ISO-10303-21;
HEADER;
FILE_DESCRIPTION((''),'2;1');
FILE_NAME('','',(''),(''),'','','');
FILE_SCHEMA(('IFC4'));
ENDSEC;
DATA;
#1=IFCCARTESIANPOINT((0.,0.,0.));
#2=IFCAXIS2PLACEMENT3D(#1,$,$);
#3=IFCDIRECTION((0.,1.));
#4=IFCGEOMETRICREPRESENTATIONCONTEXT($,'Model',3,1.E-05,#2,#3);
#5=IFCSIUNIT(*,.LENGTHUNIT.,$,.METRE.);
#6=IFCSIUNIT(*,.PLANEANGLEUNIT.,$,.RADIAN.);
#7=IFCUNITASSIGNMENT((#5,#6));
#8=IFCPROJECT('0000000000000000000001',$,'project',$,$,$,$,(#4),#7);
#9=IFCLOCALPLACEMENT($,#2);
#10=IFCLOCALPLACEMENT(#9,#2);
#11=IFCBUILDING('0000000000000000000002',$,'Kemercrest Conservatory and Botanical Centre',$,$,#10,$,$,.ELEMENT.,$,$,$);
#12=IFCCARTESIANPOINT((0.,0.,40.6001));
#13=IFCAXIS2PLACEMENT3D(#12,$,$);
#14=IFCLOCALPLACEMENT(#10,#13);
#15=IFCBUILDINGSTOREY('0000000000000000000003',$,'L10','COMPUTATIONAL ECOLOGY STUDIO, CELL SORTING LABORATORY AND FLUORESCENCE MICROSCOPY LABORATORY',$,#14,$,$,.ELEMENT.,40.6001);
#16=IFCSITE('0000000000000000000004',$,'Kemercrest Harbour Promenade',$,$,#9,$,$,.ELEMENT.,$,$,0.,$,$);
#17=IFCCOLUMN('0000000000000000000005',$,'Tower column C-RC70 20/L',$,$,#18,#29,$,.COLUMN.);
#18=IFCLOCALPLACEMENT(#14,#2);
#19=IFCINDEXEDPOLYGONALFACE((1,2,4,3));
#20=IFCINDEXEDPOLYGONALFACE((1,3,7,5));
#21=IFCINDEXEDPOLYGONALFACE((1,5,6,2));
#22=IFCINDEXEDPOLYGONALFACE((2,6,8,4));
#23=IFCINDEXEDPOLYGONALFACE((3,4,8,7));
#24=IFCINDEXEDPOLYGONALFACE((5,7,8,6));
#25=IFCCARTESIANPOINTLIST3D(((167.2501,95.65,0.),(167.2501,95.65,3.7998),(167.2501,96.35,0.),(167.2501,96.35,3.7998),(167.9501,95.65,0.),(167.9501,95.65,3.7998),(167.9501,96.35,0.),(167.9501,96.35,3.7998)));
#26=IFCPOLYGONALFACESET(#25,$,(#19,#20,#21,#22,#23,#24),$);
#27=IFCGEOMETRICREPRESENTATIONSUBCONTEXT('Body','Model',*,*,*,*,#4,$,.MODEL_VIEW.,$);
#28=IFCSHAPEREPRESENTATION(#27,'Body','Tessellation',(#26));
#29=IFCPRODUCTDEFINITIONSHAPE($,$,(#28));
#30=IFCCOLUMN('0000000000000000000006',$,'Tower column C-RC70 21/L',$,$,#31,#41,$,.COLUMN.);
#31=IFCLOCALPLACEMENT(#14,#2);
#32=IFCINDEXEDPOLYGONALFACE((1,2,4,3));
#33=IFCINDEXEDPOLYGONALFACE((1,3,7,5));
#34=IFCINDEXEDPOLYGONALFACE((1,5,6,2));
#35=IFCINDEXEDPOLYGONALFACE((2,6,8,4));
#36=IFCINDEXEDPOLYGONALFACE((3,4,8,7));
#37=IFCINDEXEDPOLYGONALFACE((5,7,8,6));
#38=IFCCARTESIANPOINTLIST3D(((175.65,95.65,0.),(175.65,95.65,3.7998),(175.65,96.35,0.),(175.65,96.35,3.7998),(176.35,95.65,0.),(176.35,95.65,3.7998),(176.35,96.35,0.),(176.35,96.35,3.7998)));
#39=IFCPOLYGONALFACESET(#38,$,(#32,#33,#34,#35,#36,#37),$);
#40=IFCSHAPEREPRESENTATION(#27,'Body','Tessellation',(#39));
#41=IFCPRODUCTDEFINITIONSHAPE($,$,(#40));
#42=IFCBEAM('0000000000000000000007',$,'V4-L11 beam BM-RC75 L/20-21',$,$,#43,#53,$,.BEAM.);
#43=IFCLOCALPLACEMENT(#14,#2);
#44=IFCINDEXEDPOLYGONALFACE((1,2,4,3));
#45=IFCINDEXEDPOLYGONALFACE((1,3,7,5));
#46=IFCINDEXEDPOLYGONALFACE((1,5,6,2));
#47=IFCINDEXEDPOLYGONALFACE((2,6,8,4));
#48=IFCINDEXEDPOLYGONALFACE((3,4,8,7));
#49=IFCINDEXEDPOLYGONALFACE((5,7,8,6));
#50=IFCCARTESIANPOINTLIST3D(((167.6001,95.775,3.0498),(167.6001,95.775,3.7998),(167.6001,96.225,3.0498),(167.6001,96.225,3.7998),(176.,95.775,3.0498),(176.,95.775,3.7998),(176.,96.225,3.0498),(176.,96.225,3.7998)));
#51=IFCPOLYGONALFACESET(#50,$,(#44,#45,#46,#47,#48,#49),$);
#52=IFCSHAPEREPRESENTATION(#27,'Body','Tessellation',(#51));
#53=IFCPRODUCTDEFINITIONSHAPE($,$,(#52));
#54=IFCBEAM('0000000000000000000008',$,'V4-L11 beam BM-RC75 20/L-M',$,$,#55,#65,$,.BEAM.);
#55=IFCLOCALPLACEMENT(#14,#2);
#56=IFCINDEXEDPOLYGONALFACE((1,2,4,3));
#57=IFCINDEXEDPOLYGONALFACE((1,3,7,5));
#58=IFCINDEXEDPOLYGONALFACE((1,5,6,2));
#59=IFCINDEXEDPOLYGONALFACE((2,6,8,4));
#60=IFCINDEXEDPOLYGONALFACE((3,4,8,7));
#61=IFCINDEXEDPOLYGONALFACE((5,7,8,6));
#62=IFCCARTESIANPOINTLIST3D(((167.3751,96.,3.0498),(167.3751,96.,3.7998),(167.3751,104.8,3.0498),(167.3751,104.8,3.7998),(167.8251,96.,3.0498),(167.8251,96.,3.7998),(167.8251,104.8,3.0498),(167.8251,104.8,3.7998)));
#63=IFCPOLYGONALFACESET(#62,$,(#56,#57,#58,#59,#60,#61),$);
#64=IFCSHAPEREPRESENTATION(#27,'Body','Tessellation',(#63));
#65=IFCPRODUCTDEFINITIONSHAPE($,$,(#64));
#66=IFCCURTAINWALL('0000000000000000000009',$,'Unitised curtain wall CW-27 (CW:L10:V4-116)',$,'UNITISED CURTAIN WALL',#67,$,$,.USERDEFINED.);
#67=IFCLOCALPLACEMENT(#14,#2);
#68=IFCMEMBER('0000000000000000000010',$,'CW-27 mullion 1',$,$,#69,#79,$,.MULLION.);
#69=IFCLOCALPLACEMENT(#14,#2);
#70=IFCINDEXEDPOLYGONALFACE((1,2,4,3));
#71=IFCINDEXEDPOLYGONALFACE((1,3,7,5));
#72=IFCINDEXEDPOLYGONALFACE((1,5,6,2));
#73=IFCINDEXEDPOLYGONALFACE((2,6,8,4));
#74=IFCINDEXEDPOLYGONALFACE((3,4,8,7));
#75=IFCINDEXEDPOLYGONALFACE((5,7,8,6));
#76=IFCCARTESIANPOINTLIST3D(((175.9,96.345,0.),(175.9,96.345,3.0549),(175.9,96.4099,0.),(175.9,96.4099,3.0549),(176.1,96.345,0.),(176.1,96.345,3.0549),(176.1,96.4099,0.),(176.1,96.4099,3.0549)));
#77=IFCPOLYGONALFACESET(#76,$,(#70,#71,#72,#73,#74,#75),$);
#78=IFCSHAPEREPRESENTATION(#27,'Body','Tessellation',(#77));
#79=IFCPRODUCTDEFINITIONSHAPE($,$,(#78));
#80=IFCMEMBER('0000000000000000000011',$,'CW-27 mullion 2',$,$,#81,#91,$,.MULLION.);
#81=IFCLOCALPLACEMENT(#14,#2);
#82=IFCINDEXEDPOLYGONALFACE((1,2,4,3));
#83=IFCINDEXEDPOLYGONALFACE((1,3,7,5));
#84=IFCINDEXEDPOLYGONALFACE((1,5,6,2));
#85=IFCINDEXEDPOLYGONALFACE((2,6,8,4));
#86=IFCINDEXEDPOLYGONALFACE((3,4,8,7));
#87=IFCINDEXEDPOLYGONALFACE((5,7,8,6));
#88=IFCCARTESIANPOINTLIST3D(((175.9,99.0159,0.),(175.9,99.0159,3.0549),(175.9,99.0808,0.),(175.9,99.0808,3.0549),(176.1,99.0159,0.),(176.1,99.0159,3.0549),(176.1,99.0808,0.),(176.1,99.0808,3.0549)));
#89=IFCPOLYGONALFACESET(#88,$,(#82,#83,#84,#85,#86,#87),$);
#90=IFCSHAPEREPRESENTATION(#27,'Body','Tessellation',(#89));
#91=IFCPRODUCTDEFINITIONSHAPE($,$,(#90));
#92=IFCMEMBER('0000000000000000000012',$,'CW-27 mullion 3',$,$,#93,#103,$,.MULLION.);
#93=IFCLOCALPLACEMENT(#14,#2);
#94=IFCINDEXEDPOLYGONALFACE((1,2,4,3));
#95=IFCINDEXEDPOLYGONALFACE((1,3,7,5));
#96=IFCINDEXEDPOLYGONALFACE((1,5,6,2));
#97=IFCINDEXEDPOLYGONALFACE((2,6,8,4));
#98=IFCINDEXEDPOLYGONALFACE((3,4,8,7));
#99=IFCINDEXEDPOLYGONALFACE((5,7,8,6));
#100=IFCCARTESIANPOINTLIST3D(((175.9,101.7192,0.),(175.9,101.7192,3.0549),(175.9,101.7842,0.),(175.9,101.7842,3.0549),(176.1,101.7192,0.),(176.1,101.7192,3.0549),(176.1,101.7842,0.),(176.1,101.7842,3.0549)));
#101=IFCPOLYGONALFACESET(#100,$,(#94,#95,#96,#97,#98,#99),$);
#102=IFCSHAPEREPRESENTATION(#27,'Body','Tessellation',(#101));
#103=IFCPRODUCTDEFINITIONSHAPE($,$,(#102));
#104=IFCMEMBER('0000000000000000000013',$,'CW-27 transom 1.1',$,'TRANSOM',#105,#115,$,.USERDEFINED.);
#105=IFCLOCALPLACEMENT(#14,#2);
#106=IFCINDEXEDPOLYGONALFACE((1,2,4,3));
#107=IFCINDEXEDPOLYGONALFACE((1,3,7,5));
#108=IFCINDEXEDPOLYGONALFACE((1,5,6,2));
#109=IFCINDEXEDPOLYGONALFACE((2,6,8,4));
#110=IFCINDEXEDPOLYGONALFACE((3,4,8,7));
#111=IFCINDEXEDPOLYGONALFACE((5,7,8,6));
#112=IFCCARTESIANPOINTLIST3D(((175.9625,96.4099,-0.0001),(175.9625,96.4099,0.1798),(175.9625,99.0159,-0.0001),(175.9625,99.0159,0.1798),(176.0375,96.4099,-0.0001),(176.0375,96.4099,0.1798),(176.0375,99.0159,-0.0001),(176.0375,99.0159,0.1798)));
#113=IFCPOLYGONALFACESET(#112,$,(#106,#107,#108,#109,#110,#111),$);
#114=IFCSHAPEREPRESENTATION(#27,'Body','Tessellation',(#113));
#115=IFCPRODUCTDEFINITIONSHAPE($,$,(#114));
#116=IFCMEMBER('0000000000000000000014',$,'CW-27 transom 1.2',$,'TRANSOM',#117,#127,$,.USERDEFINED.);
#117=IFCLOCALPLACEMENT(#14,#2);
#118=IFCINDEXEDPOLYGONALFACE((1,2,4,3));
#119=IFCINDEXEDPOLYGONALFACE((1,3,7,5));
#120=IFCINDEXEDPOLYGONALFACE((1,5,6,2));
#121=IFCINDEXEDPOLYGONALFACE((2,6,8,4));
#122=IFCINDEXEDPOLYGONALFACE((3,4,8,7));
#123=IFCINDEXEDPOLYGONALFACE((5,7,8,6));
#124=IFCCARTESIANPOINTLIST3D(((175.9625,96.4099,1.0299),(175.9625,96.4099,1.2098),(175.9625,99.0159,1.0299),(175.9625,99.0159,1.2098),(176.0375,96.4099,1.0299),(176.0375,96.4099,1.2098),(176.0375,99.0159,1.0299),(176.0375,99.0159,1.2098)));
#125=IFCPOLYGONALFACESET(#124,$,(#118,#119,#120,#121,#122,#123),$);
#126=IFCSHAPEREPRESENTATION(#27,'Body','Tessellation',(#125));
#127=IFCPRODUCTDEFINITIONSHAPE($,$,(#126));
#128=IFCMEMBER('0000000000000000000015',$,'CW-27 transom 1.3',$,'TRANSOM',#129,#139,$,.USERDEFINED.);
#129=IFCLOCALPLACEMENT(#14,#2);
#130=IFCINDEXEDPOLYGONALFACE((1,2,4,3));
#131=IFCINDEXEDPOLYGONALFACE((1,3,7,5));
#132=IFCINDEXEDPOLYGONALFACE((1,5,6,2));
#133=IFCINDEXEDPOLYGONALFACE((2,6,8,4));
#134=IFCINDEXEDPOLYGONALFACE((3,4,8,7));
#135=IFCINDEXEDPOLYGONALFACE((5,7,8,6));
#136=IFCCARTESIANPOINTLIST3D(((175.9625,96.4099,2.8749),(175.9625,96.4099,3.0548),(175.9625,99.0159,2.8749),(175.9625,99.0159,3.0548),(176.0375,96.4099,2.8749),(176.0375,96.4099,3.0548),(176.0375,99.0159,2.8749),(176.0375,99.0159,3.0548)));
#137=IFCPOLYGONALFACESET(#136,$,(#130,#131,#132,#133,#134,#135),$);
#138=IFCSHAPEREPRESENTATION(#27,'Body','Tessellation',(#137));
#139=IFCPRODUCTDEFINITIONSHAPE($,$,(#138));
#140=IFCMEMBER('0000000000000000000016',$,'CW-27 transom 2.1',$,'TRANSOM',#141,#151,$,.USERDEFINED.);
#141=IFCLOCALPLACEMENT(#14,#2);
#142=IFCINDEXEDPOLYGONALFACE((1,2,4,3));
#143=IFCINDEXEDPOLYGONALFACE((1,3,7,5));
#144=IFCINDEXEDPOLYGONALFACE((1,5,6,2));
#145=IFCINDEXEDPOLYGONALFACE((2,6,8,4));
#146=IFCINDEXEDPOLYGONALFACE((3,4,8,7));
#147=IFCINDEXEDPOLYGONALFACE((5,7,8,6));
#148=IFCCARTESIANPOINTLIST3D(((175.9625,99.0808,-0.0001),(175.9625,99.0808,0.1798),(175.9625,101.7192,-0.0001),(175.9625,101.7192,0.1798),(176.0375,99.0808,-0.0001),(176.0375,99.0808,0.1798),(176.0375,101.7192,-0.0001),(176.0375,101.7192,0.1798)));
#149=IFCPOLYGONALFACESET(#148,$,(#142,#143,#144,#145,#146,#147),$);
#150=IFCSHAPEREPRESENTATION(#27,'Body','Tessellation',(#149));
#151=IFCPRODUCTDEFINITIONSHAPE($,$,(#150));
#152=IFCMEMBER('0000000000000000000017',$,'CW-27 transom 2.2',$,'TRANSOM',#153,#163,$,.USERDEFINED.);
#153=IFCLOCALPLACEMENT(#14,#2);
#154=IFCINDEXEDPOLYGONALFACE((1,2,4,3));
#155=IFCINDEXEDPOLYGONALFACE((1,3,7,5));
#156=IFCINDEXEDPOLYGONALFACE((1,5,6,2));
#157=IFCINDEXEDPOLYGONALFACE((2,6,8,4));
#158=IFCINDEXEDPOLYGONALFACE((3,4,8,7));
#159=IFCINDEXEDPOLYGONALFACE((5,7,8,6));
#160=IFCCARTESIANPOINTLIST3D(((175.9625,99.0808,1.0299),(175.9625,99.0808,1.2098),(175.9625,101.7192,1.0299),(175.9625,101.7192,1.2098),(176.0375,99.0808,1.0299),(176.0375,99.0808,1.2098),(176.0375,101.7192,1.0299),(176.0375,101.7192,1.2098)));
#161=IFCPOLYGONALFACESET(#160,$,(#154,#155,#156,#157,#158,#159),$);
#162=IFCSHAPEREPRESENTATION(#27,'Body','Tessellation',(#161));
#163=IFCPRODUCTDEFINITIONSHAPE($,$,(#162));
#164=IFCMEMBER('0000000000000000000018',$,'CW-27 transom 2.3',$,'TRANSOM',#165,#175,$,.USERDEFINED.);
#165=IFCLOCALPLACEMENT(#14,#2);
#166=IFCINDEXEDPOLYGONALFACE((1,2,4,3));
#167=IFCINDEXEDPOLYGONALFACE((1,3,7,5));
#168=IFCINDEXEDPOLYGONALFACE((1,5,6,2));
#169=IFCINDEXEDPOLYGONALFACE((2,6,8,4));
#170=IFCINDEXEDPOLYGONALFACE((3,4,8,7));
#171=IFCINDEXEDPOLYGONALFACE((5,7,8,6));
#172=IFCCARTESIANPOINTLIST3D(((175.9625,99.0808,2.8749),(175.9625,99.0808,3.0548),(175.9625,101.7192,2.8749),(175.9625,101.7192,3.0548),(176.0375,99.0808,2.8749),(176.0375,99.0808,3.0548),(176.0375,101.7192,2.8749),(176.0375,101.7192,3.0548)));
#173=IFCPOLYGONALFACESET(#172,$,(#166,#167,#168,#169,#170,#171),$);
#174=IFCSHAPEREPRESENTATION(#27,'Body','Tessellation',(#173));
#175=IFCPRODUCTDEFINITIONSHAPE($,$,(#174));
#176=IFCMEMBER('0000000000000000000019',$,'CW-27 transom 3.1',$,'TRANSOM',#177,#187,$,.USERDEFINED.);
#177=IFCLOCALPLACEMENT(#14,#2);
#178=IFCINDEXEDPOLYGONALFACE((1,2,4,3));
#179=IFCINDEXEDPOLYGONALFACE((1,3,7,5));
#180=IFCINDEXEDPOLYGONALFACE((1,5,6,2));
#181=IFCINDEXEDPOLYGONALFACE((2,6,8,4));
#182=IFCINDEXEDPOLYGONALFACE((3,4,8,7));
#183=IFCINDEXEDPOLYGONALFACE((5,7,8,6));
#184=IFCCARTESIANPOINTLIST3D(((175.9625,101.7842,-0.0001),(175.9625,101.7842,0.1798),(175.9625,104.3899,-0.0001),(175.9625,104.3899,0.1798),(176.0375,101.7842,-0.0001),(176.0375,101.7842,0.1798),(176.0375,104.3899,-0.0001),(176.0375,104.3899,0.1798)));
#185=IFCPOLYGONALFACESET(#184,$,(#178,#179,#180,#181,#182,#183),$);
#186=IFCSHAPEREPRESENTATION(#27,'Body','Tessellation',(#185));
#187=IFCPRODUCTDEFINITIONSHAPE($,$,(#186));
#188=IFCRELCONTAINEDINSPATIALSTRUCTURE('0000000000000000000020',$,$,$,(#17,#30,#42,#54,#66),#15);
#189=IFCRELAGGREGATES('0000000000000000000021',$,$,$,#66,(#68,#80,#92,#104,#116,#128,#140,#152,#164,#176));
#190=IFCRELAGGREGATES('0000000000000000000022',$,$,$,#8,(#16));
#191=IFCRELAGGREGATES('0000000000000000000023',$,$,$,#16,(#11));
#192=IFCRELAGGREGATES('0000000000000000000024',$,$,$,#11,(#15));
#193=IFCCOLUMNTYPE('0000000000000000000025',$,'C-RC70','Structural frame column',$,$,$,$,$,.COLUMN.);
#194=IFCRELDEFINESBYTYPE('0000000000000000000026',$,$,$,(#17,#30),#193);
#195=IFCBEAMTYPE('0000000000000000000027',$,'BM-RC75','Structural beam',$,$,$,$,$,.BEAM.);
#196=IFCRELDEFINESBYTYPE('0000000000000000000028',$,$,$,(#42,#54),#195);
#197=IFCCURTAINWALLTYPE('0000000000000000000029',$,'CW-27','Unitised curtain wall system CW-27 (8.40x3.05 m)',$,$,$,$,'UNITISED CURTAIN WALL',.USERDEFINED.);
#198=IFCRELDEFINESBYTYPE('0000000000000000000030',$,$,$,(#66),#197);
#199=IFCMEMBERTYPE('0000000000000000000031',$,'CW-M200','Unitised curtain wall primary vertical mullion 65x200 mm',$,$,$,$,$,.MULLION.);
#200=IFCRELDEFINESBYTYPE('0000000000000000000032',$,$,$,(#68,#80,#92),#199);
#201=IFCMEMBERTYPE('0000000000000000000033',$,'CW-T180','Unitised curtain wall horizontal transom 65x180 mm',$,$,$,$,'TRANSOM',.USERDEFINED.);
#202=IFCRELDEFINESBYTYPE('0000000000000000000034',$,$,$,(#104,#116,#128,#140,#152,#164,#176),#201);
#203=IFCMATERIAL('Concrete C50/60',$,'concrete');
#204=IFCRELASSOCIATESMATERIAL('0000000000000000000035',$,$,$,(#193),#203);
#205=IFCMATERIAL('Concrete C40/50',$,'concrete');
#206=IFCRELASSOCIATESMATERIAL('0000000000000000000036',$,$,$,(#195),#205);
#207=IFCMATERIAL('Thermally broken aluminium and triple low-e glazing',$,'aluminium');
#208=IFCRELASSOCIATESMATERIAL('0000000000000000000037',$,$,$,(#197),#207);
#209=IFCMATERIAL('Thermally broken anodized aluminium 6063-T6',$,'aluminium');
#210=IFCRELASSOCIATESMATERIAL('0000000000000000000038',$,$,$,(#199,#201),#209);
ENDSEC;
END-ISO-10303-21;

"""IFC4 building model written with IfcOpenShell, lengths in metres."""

from ifc_helpers import new_model, si_unit, direction, frame, origin, origin_2d, place, context, subcontext, project, spatial, rectangle, extrude, material, material_profile, profile_set, type_object, element, aggregate, save


model = new_model("IFC4")

# Units and contexts
model_context = context("Model", 3, precision=1e-05, world=origin(), true_north=direction((0.0, 1.0)))
body_context = subcontext(model_context, "Body", "Model", "MODEL_VIEW")
ifc_project = project(units=[si_unit("LENGTHUNIT", "METRE"), si_unit("PLANEANGLEUNIT", "RADIAN")], contexts=[model_context])

# Site, building, storey
site_placement = place(None, origin())
site = spatial("IfcSite", under=ifc_project, at=site_placement, Name="Kemercrest Harbour Promenade", CompositionType="ELEMENT", RefElevation=0.0)
building_placement = place(site_placement, origin())
building = spatial("IfcBuilding", under=site, at=building_placement, Name="Kemercrest Conservatory and Botanical Centre", CompositionType="ELEMENT")
storey_placement = place(building_placement, frame((0.0, 0.0, 40.6001)))
storey = spatial("IfcBuildingStorey", under=building, at=storey_placement, Name="L10", Description="COMPUTATIONAL ECOLOGY STUDIO, CELL SORTING LABORATORY AND FLUORESCENCE MICROSCOPY LABORATORY", CompositionType="ELEMENT", Elevation=40.6001)

# Columns
ifc_material_1 = material(Name="Concrete C50/60", Category="concrete")
ifc_material_profile_1 = material_profile(ifc_material_1, rectangle(XDim=0.7, YDim=0.7, at=origin_2d()), Name="RC 700x700")
ifc_profile_set_1 = profile_set([ifc_material_profile_1], Name="Concrete C50/60")
column_type = type_object("IfcColumnType", Name="C-RC70", Description="Structural frame column", PredefinedType="COLUMN", material=ifc_profile_set_1)
for number, where, z_axis, x_axis, name in (
    (1, (167.6001, 96.0, 0.0), (0.0, 0.0, 1.0), (1.0, 0.0, 0.0), "Tower column C-RC70 20/L"),
    (2, (176.0, 96.0, 0.0), (0.0, 0.0, 1.0), (1.0, 0.0, 0.0), "Tower column C-RC70 21/L"),
):
    element("IfcColumn", number, at=place(storey_placement, frame(where, z_axis=z_axis, x_axis=x_axis)), inside=storey, type_object=column_type, Name=name, PredefinedType="COLUMN", context=body_context, shape_type="SweptSolid", body=[
        extrude(rectangle(XDim=0.7, YDim=0.7, at=origin_2d()), origin(), (0.0, 0.0, 1.0), 3.7998),
    ])

# Beams
ifc_material_2 = material(Name="Concrete C40/50", Category="concrete")
ifc_material_profile_2 = material_profile(ifc_material_2, rectangle(XDim=0.45, YDim=0.75, at=origin_2d()), Name="RC 450x750")
ifc_profile_set_2 = profile_set([ifc_material_profile_2], Name="Concrete C40/50")
beam_type_1 = type_object("IfcBeamType", Name="BM-RC75", Description="Structural beam", PredefinedType="BEAM", material=ifc_profile_set_2)
beam_1_placement = place(storey_placement, frame((167.6001, 96.0, 3.4248), z_axis=(1.0, 0.0, 0.0), x_axis=(0.0, 1.0, 0.0)))
element("IfcBeam", 3, at=beam_1_placement, inside=storey, type_object=beam_type_1, Name="V4-L11 beam BM-RC75 L/20-21", PredefinedType="BEAM", context=body_context, shape_type="SweptSolid", body=[
    extrude(rectangle(XDim=0.45, YDim=0.75, at=origin_2d()), origin(), (0.0, 0.0, 1.0), 8.3999),
])
beam_2_placement = place(storey_placement, frame((167.6001, 96.0, 3.4248), z_axis=(0.0, 1.0, 0.0), x_axis=(-1.0, 0.0, 0.0)))
element("IfcBeam", 4, at=beam_2_placement, inside=storey, type_object=beam_type_1, Name="V4-L11 beam BM-RC75 20/L-M", PredefinedType="BEAM", context=body_context, shape_type="SweptSolid", body=[
    extrude(rectangle(XDim=0.45, YDim=0.75, at=origin_2d()), origin(), (0.0, 0.0, 1.0), 8.8),
])

# Curtain wall, members
ifc_material_3 = material(Name="Thermally broken aluminium and triple low-e glazing", Category="aluminium")
curtain_wall_type = type_object("IfcCurtainWallType", Name="CW-27", Description="Unitised curtain wall system CW-27 (8.40x3.05 m)", ElementType="UNITISED CURTAIN WALL", PredefinedType="USERDEFINED", material=ifc_material_3)
curtain_wall_placement = place(storey_placement, origin())
curtain_wall = element("IfcCurtainWall", 5, at=curtain_wall_placement, inside=storey, type_object=curtain_wall_type, Name="Unitised curtain wall CW-27 (CW:L10:V4-116)", ObjectType="UNITISED CURTAIN WALL", PredefinedType="USERDEFINED")
ifc_material_4 = material(Name="Thermally broken anodized aluminium 6063-T6", Category="aluminium")
ifc_material_profile_3 = material_profile(ifc_material_4, rectangle(XDim=0.2, YDim=0.0649, at=origin_2d()), Name="AL MULLION 65x200")
ifc_profile_set_3 = profile_set([ifc_material_profile_3], Name="Thermally broken anodized aluminium 6063-T6")
member_type_1 = type_object("IfcMemberType", Name="CW-M200", Description="Unitised curtain wall primary vertical mullion 65x200 mm", PredefinedType="MULLION", material=ifc_profile_set_3)
member_1_placement = place(storey_placement, frame((176.0, 96.3774, 0.0), z_axis=(0.0, 0.0, 1.0), x_axis=(-1.0, 0.0, 0.0)))
member_1 = element("IfcMember", 6, at=member_1_placement, type_object=member_type_1, Name="CW-27 mullion 1", PredefinedType="MULLION", context=body_context, shape_type="SweptSolid", body=[
    extrude(rectangle(XDim=0.2, YDim=0.0649, at=origin_2d()), origin(), (0.0, 0.0, 1.0), 3.0549),
])
member_2_placement = place(storey_placement, frame((176.0, 99.0483, 0.0), z_axis=(0.0, 0.0, 1.0), x_axis=(-1.0, 0.0, 0.0)))
member_2 = element("IfcMember", 7, at=member_2_placement, type_object=member_type_1, Name="CW-27 mullion 2", PredefinedType="MULLION", context=body_context, shape_type="SweptSolid", body=[
    extrude(rectangle(XDim=0.2, YDim=0.0649, at=origin_2d()), origin(), (0.0, 0.0, 1.0), 3.0549),
])
member_3_placement = place(storey_placement, frame((176.0, 101.7517, 0.0), z_axis=(0.0, 0.0, 1.0), x_axis=(-1.0, 0.0, 0.0)))
member_3 = element("IfcMember", 8, at=member_3_placement, type_object=member_type_1, Name="CW-27 mullion 3", PredefinedType="MULLION", context=body_context, shape_type="SweptSolid", body=[
    extrude(rectangle(XDim=0.2, YDim=0.0649, at=origin_2d()), origin(), (0.0, 0.0, 1.0), 3.0549),
])
ifc_material_profile_4 = material_profile(ifc_material_4, rectangle(XDim=0.075, YDim=0.1799, at=origin_2d()), Name="AL TRANSOM 75x180")
ifc_profile_set_4 = profile_set([ifc_material_profile_4], Name="Thermally broken anodized aluminium 6063-T6")
member_type_2 = type_object("IfcMemberType", Name="CW-T180", Description="Unitised curtain wall horizontal transom 65x180 mm", ElementType="TRANSOM", PredefinedType="USERDEFINED", material=ifc_profile_set_4)
member_4_placement = place(storey_placement, frame((176.0, 96.4099, 0.0898), z_axis=(0.0, 1.0, 0.0), x_axis=(-1.0, 0.0, 0.0)))
member_4 = element("IfcMember", 9, at=member_4_placement, type_object=member_type_2, Name="CW-27 transom 1.1", ObjectType="TRANSOM", PredefinedType="USERDEFINED", context=body_context, shape_type="SweptSolid", body=[
    extrude(rectangle(XDim=0.075, YDim=0.1799, at=origin_2d()), origin(), (0.0, 0.0, 1.0), 2.606),
])
member_5_placement = place(storey_placement, frame((176.0, 96.4099, 1.1199), z_axis=(0.0, 1.0, 0.0), x_axis=(-1.0, 0.0, 0.0)))
member_5 = element("IfcMember", 10, at=member_5_placement, type_object=member_type_2, Name="CW-27 transom 1.2", ObjectType="TRANSOM", PredefinedType="USERDEFINED", context=body_context, shape_type="SweptSolid", body=[
    extrude(rectangle(XDim=0.075, YDim=0.1799, at=origin_2d()), origin(), (0.0, 0.0, 1.0), 2.606),
])
member_6_placement = place(storey_placement, frame((176.0, 96.4099, 2.9648), z_axis=(0.0, 1.0, 0.0), x_axis=(-1.0, 0.0, 0.0)))
member_6 = element("IfcMember", 11, at=member_6_placement, type_object=member_type_2, Name="CW-27 transom 1.3", ObjectType="TRANSOM", PredefinedType="USERDEFINED", context=body_context, shape_type="SweptSolid", body=[
    extrude(rectangle(XDim=0.075, YDim=0.1799, at=origin_2d()), origin(), (0.0, 0.0, 1.0), 2.606),
])
member_7_placement = place(storey_placement, frame((176.0, 99.0808, 0.0898), z_axis=(0.0, 1.0, 0.0), x_axis=(-1.0, 0.0, 0.0)))
member_7 = element("IfcMember", 12, at=member_7_placement, type_object=member_type_2, Name="CW-27 transom 2.1", ObjectType="TRANSOM", PredefinedType="USERDEFINED", context=body_context, shape_type="SweptSolid", body=[
    extrude(rectangle(XDim=0.075, YDim=0.1799, at=origin_2d()), origin(), (0.0, 0.0, 1.0), 2.6384),
])
member_8_placement = place(storey_placement, frame((176.0, 99.0808, 1.1199), z_axis=(0.0, 1.0, 0.0), x_axis=(-1.0, 0.0, 0.0)))
member_8 = element("IfcMember", 13, at=member_8_placement, type_object=member_type_2, Name="CW-27 transom 2.2", ObjectType="TRANSOM", PredefinedType="USERDEFINED", context=body_context, shape_type="SweptSolid", body=[
    extrude(rectangle(XDim=0.075, YDim=0.1799, at=origin_2d()), origin(), (0.0, 0.0, 1.0), 2.6384),
])
member_9_placement = place(storey_placement, frame((176.0, 99.0808, 2.9648), z_axis=(0.0, 1.0, 0.0), x_axis=(-1.0, 0.0, 0.0)))
member_9 = element("IfcMember", 14, at=member_9_placement, type_object=member_type_2, Name="CW-27 transom 2.3", ObjectType="TRANSOM", PredefinedType="USERDEFINED", context=body_context, shape_type="SweptSolid", body=[
    extrude(rectangle(XDim=0.075, YDim=0.1799, at=origin_2d()), origin(), (0.0, 0.0, 1.0), 2.6384),
])
member_10_placement = place(storey_placement, frame((176.0, 101.7842, 0.0898), z_axis=(0.0, 1.0, 0.0), x_axis=(-1.0, 0.0, 0.0)))
member_10 = element("IfcMember", 15, at=member_10_placement, type_object=member_type_2, Name="CW-27 transom 3.1", ObjectType="TRANSOM", PredefinedType="USERDEFINED", context=body_context, shape_type="SweptSolid", body=[
    extrude(rectangle(XDim=0.075, YDim=0.1799, at=origin_2d()), origin(), (0.0, 0.0, 1.0), 2.6057),
])

aggregate(curtain_wall, [member_1, member_2, member_3, member_4, member_5, member_6, member_7, member_8, member_9, member_10])

save(model, "model.ifc")
